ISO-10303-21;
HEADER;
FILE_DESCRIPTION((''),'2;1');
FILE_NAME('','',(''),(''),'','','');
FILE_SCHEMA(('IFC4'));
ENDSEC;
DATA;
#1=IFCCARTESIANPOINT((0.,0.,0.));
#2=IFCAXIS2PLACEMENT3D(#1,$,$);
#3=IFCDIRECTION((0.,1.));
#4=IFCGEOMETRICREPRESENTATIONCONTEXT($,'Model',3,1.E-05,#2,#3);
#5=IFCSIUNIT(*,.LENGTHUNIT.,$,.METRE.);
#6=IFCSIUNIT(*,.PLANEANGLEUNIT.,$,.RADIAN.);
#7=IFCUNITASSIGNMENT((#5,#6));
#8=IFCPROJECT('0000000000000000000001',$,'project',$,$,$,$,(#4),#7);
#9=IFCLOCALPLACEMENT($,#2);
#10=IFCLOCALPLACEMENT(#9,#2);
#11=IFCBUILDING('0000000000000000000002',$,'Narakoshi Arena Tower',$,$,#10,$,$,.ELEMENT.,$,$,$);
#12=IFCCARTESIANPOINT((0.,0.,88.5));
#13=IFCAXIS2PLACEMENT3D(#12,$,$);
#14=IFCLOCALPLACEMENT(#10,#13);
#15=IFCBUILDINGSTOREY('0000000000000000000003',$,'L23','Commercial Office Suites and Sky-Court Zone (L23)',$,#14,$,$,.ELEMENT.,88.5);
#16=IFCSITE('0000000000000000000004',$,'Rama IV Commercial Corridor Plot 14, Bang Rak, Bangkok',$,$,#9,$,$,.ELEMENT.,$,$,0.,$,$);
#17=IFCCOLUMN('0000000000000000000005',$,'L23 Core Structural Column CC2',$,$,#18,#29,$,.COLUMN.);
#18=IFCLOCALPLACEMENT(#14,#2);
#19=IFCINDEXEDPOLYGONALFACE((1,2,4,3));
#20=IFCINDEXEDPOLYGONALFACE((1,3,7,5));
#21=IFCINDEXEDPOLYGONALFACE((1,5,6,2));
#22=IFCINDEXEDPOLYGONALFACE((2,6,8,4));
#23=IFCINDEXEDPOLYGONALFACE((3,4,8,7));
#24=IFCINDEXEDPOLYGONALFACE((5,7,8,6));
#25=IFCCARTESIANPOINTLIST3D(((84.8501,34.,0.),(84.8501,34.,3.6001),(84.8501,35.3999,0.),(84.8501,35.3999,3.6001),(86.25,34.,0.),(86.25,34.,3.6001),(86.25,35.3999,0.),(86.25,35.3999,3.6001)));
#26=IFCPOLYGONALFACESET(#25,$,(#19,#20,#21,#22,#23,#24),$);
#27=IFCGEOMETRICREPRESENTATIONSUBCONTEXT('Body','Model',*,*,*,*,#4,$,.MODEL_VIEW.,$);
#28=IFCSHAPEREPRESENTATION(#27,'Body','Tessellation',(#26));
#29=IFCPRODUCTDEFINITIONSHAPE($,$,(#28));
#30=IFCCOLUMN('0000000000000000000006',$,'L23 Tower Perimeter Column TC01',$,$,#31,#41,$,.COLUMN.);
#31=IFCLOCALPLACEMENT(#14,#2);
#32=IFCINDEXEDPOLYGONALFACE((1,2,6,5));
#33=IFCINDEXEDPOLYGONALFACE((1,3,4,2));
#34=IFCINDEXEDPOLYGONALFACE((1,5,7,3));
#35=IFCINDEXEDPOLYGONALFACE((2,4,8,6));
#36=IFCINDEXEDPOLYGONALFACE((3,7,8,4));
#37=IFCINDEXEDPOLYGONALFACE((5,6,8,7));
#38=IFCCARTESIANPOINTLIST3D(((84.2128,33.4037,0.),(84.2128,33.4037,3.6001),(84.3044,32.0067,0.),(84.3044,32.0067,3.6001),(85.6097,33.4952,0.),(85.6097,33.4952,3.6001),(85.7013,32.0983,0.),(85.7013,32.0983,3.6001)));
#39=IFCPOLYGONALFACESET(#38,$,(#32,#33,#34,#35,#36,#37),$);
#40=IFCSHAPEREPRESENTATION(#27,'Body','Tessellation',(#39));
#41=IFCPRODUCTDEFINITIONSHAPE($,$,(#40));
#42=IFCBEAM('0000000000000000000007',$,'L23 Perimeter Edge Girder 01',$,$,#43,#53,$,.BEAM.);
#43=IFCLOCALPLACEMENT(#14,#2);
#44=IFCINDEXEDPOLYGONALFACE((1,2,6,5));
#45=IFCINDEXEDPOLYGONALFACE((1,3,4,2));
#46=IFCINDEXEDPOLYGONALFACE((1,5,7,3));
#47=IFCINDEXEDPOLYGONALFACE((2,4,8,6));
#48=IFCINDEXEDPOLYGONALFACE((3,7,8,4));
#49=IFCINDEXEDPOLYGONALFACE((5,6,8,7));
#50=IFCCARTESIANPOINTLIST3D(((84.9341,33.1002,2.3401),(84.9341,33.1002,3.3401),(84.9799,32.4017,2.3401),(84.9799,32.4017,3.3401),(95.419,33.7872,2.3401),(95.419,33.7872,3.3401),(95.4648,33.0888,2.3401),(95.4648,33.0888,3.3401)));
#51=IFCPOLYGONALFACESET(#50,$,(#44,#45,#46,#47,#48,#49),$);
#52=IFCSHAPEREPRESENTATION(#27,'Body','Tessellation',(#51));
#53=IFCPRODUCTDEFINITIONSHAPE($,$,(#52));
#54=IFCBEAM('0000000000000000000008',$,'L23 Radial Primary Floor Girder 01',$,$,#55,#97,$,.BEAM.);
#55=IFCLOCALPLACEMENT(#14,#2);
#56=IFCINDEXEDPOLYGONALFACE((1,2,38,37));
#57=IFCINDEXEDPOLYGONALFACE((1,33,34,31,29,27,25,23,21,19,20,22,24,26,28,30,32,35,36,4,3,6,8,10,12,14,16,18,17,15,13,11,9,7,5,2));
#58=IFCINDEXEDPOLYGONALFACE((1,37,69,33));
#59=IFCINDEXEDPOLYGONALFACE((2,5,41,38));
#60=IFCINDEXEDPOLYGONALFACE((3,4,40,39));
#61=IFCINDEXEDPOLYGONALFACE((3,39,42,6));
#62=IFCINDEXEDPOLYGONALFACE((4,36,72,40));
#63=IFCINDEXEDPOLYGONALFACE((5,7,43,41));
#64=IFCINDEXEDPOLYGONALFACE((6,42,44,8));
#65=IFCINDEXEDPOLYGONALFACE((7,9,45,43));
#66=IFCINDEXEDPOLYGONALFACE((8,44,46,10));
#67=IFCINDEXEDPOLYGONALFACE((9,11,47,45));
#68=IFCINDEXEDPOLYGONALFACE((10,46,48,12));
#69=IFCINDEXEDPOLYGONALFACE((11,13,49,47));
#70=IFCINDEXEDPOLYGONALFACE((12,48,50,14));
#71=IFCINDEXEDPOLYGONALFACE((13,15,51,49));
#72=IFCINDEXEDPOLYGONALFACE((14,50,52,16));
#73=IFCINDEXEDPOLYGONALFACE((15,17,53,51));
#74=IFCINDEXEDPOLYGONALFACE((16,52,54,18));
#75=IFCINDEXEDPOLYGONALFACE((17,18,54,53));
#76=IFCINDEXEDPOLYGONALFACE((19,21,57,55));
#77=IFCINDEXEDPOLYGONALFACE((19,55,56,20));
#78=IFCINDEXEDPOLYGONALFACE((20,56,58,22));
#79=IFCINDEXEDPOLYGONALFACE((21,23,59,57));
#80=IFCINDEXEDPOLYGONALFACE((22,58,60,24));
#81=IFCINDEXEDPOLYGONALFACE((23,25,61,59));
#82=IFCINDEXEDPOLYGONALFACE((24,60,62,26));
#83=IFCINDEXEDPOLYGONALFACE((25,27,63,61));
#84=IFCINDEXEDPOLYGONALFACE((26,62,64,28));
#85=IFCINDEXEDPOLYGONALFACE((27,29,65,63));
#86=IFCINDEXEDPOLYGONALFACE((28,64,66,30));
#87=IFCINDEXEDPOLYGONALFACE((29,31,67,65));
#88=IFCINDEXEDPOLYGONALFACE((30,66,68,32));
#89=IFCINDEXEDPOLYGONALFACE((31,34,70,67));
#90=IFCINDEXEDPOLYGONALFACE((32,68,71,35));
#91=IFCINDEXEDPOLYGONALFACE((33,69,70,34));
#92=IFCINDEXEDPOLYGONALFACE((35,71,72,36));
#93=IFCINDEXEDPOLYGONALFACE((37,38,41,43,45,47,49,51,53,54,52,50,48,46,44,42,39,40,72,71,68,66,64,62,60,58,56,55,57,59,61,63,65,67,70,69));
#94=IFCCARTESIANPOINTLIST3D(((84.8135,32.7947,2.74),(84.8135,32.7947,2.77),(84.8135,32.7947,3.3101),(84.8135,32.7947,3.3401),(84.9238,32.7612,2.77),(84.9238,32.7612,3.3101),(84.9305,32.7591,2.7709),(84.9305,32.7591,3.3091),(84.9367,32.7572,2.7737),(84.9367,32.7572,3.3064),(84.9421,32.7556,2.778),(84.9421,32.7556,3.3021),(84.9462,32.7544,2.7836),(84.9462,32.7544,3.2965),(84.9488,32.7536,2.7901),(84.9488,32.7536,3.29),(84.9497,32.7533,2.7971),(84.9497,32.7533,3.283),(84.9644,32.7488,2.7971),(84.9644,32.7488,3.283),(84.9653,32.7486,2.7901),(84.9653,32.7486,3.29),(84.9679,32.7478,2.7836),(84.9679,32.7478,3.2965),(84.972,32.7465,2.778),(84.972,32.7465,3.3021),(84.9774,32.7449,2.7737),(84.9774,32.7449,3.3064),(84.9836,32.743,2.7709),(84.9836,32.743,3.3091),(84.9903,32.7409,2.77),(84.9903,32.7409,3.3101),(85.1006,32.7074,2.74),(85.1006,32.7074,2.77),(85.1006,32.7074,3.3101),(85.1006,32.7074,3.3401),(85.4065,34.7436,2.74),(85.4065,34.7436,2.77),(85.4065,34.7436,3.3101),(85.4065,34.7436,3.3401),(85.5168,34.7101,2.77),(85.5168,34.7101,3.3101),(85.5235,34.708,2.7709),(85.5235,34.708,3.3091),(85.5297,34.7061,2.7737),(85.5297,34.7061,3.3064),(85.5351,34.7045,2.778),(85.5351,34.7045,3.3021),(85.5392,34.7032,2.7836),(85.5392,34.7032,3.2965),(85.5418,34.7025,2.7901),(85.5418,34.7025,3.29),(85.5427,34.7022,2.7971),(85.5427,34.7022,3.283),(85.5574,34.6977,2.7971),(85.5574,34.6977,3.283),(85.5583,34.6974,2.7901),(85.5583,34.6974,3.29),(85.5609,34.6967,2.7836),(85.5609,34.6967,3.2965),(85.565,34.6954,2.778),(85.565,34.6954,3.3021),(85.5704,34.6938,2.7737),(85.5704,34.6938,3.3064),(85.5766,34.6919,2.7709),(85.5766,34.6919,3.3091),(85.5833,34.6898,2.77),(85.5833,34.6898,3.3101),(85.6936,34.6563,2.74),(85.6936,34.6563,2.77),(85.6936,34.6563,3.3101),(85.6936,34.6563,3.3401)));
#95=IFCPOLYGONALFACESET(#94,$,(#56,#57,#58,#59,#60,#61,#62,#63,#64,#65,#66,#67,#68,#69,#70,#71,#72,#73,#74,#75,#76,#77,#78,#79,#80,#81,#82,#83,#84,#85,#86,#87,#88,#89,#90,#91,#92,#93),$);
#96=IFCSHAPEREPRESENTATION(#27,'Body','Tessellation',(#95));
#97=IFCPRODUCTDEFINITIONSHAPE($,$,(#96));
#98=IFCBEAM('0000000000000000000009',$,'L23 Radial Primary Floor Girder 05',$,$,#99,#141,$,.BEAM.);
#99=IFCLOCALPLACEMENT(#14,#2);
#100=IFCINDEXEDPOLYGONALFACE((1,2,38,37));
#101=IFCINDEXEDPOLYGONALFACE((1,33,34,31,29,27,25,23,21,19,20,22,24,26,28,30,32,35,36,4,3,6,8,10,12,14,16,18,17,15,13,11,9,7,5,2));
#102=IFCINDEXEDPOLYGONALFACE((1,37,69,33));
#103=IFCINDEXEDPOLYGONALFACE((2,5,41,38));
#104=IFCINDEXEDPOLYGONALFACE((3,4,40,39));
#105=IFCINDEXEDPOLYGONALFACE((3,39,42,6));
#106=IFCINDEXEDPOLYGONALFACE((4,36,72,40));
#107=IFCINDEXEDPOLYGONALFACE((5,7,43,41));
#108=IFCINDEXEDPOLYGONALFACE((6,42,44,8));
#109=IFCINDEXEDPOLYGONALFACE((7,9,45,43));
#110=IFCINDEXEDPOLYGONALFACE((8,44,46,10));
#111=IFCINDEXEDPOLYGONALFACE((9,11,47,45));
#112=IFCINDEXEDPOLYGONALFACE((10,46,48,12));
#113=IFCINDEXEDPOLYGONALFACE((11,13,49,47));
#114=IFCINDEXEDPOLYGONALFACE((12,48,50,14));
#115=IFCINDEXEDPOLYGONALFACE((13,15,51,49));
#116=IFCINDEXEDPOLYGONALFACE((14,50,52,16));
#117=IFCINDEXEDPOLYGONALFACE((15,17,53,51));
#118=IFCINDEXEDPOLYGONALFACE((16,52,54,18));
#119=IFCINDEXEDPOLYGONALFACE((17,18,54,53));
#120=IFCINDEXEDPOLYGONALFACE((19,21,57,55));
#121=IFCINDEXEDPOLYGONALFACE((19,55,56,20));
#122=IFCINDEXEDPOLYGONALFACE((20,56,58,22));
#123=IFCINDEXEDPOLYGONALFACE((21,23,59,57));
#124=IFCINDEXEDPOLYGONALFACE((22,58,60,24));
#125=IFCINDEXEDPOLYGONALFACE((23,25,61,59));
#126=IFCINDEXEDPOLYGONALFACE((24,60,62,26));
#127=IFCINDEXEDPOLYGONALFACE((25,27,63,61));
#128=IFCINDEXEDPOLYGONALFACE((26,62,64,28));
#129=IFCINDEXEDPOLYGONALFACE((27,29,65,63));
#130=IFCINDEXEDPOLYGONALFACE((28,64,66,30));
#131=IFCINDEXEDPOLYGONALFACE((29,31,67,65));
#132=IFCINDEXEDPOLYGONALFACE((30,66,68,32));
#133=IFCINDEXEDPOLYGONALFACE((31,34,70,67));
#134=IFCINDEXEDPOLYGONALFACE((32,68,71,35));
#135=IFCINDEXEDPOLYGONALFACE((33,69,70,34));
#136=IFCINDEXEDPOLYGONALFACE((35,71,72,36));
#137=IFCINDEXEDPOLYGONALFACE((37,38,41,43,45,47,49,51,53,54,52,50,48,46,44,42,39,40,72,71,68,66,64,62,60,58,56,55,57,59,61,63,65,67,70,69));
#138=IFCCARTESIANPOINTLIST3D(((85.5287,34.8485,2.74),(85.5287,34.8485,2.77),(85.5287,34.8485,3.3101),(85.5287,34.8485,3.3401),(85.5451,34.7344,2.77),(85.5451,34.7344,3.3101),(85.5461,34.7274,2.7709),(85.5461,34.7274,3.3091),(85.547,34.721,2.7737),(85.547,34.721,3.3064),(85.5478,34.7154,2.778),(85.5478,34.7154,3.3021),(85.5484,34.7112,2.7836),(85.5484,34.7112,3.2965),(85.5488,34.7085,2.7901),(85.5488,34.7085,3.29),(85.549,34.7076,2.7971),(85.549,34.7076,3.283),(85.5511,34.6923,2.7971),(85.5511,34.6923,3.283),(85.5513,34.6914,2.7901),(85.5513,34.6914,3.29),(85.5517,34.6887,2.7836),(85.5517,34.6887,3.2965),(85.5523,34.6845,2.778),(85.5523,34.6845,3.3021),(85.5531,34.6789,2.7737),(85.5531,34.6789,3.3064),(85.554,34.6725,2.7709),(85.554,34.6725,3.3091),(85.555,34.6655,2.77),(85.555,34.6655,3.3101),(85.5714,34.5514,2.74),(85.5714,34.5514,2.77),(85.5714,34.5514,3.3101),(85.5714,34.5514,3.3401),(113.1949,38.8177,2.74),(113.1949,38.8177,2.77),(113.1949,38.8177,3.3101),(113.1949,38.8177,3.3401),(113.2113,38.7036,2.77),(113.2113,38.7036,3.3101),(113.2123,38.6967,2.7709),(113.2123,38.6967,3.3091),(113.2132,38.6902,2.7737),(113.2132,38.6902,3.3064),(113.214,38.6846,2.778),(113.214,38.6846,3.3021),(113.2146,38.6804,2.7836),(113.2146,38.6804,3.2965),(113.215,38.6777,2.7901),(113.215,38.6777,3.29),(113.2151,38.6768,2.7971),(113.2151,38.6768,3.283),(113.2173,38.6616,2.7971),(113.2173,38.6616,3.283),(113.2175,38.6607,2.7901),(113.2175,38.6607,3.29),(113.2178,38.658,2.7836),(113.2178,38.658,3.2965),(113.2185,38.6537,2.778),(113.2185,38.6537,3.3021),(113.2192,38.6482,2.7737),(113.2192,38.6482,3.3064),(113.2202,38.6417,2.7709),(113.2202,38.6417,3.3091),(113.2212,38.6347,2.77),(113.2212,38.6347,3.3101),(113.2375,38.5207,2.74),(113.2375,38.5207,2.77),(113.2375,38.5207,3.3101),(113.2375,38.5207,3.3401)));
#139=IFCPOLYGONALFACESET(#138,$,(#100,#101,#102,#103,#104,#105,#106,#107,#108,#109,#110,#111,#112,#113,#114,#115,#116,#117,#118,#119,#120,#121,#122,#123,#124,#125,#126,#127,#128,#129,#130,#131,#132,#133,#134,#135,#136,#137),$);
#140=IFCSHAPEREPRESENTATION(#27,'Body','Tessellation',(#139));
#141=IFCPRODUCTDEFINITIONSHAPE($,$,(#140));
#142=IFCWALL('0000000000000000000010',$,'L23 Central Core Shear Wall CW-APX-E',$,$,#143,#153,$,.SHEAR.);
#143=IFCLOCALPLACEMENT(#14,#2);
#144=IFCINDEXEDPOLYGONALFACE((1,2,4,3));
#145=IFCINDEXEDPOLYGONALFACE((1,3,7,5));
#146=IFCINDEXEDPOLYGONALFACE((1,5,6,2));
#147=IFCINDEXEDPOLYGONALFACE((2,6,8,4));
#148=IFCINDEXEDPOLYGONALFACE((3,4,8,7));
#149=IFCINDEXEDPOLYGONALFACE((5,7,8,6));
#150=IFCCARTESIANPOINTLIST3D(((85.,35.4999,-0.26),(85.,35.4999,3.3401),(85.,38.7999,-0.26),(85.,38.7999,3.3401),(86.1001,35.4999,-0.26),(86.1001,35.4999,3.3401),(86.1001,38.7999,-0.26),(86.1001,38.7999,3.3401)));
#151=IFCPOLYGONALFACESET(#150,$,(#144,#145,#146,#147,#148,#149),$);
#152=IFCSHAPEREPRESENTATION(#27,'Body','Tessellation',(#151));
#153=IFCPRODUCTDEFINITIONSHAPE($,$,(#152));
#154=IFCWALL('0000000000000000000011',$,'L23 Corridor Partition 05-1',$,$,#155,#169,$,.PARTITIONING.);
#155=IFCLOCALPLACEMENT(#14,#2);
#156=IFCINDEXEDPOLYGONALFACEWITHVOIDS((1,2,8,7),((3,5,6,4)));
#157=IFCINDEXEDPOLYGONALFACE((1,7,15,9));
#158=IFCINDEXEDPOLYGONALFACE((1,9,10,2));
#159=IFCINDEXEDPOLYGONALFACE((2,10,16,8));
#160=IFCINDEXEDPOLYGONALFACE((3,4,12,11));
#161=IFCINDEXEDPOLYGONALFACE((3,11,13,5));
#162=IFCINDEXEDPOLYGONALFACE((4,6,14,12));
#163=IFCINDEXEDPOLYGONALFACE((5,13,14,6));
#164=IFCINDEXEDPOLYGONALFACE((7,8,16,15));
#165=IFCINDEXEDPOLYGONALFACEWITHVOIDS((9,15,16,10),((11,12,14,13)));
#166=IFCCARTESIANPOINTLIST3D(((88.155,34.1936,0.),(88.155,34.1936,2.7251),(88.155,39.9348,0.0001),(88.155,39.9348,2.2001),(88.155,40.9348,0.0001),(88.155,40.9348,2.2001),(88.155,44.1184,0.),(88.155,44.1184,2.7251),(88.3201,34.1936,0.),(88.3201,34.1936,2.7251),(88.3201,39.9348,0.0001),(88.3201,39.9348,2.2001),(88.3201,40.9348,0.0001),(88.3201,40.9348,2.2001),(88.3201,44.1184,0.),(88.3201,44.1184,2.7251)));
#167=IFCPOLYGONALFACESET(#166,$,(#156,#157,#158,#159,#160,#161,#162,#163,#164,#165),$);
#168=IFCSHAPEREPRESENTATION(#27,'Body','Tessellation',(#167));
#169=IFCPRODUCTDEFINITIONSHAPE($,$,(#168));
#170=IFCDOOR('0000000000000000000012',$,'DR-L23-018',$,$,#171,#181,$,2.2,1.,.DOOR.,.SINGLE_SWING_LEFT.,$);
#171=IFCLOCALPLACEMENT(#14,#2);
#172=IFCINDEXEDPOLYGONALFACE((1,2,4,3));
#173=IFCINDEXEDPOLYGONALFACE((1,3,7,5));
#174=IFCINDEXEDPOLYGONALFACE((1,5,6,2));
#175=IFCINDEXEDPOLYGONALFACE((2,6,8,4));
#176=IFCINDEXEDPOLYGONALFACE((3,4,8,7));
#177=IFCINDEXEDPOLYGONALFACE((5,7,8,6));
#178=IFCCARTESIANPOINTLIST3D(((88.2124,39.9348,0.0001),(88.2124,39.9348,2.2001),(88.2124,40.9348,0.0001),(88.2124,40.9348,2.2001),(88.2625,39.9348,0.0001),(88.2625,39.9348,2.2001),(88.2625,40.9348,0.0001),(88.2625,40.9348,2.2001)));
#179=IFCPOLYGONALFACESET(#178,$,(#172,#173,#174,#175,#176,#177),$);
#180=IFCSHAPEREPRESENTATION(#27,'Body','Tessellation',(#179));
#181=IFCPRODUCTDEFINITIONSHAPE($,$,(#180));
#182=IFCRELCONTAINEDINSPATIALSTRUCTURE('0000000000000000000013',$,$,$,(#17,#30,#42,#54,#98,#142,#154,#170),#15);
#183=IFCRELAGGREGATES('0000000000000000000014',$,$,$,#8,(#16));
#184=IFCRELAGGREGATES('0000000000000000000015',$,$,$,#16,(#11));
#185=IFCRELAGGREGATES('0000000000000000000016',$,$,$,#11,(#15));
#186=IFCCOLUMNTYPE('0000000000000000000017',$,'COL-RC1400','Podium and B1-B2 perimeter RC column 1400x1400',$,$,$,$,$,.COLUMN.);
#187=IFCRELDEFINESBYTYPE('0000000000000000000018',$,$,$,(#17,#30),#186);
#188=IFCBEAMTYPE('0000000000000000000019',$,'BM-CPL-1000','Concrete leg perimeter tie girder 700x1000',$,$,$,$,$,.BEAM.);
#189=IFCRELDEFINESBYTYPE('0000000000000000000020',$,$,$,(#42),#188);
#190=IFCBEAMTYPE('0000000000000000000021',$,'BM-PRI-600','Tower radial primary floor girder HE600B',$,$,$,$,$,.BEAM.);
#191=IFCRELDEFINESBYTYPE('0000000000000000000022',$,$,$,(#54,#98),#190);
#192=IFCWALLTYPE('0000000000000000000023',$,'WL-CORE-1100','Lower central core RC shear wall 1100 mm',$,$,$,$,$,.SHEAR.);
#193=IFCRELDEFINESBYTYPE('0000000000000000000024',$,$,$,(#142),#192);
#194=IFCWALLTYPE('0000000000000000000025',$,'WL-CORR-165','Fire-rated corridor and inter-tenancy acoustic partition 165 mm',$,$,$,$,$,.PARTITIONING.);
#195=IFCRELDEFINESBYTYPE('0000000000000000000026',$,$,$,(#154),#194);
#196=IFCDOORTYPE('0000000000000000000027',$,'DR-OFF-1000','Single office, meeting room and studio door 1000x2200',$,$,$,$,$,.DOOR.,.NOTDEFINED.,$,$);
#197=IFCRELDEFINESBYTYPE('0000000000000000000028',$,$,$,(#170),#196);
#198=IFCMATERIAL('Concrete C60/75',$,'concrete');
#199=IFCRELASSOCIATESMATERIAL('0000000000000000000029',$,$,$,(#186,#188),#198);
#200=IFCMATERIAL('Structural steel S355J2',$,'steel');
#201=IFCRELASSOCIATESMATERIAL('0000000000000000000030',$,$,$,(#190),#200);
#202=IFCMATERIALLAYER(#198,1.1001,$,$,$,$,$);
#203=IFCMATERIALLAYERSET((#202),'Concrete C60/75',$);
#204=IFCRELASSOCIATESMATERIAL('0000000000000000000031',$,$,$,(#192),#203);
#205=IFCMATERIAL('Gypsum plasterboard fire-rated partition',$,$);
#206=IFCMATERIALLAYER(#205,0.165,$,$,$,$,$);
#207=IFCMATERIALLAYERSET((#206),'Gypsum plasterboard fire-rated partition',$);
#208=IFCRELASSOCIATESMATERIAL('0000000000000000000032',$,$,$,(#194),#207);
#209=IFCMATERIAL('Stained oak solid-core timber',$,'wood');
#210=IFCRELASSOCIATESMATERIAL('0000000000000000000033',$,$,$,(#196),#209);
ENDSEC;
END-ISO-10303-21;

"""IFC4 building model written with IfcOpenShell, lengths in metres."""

from ifc_helpers import new_model, si_unit, direction, frame, frame_2d, origin, origin_2d, place, context, subcontext, project, spatial, rectangle, i_section, extrude, material, layer, layer_set, material_profile, profile_set, type_object, element, fill, save


model = new_model("IFC4")

# Units and contexts
model_context = context("Model", 3, precision=1e-05, world=origin(), true_north=direction((0.0, 1.0)))
body_context = subcontext(model_context, "Body", "Model", "MODEL_VIEW")
ifc_project = project(units=[si_unit("LENGTHUNIT", "METRE"), si_unit("PLANEANGLEUNIT", "RADIAN")], contexts=[model_context])

# Site, building, storey
site_placement = place(None, origin())
site = spatial("IfcSite", under=ifc_project, at=site_placement, Name="Rama IV Commercial Corridor Plot 14, Bang Rak, Bangkok", CompositionType="ELEMENT", RefElevation=0.0)
building_placement = place(site_placement, origin())
building = spatial("IfcBuilding", under=site, at=building_placement, Name="Narakoshi Arena Tower", CompositionType="ELEMENT")
storey_placement = place(building_placement, frame((0.0, 0.0, 88.5)))
storey = spatial("IfcBuildingStorey", under=building, at=storey_placement, Name="L23", Description="Commercial Office Suites and Sky-Court Zone (L23)", CompositionType="ELEMENT", Elevation=88.5)

# Columns
ifc_material_1 = material(Name="Concrete C60/75", Category="concrete")
ifc_material_profile_1 = material_profile(ifc_material_1, rectangle(XDim=1.3999, YDim=1.3999, at=origin_2d()), Name="RC1400x1400")
ifc_profile_set_1 = profile_set([ifc_material_profile_1], Name="Concrete C60/75")
column_type = type_object("IfcColumnType", Name="COL-RC1400", Description="Podium and B1-B2 perimeter RC column 1400x1400", PredefinedType="COLUMN", material=ifc_profile_set_1)
for number, where, z_axis, x_axis, name in (
    (1, (85.55, 34.7, 0.0), (0.0, 0.0, 1.0), (1.0, 0.0, 0.0), "L23 Core Structural Column CC2"),
    (2, (84.957, 32.751, 0.0), (0.0, 0.0, 1.0), (0.997859, 0.065403, 0.0), "L23 Tower Perimeter Column TC01"),
):
    element("IfcColumn", number, at=place(storey_placement, frame(where, z_axis=z_axis, x_axis=x_axis)), inside=storey, type_object=column_type, Name=name, PredefinedType="COLUMN", context=body_context, shape_type="SweptSolid", body=[
        extrude(rectangle(XDim=1.3999, YDim=1.3999, at=origin_2d()), origin(), (0.0, 0.0, 1.0), 3.6001),
    ])

# Beams
ifc_material_profile_2 = material_profile(ifc_material_1, rectangle(XDim=0.7, YDim=1.0, at=origin_2d()), Name="RCB700x1000")
ifc_profile_set_2 = profile_set([ifc_material_profile_2], Name="Concrete C60/75")
beam_type_1 = type_object("IfcBeamType", Name="BM-CPL-1000", Description="Concrete leg perimeter tie girder 700x1000", PredefinedType="BEAM", material=ifc_profile_set_2)
beam_1_placement = place(storey_placement, frame((84.957, 32.751, 2.8401), z_axis=(0.99786, 0.065384, 0.0), x_axis=(-0.065384, 0.99786, 0.0)))
element("IfcBeam", 3, at=beam_1_placement, inside=storey, type_object=beam_type_1, Name="L23 Perimeter Edge Girder 01", PredefinedType="BEAM", context=body_context, shape_type="SweptSolid", body=[
    extrude(rectangle(XDim=0.7, YDim=1.0, at=origin_2d()), origin(), (0.0, 0.0, 1.0), 10.5073),
])
ifc_material_2 = material(Name="Structural steel S355J2", Category="steel")
ifc_material_profile_3 = material_profile(ifc_material_2, i_section(OverallWidth=0.3, OverallDepth=0.6001, WebThickness=0.0154, FlangeThickness=0.03, FilletRadius=0.0271, at=origin_2d()), Name="HE600B")
ifc_profile_set_3 = profile_set([ifc_material_profile_3], Name="Structural steel S355J2")
beam_type_2 = type_object("IfcBeamType", Name="BM-PRI-600", Description="Tower radial primary floor girder HE600B", PredefinedType="BEAM", material=ifc_profile_set_3)
beam_2_placement = place(storey_placement, frame((85.55, 34.7, 3.04), z_axis=(-0.291095, -0.956694, 0.0), x_axis=(0.956694, -0.291095, 0.0)))
element("IfcBeam", 4, at=beam_2_placement, inside=storey, type_object=beam_type_2, Name="L23 Radial Primary Floor Girder 01", PredefinedType="BEAM", context=body_context, shape_type="SweptSolid", body=[
    extrude(i_section(OverallWidth=0.3, OverallDepth=0.6001, WebThickness=0.0154, FlangeThickness=0.03, FilletRadius=0.0271, at=origin_2d()), origin(), (0.0, 0.0, 1.0), 2.0371),
])
beam_3_placement = place(storey_placement, frame((85.55, 34.7, 3.04), z_axis=(0.989865, 0.142014, 0.0), x_axis=(-0.142014, 0.989865, 0.0)))
element("IfcBeam", 5, at=beam_3_placement, inside=storey, type_object=beam_type_2, Name="L23 Radial Primary Floor Girder 05", PredefinedType="BEAM", context=body_context, shape_type="SweptSolid", body=[
    extrude(i_section(OverallWidth=0.3, OverallDepth=0.6001, WebThickness=0.0154, FlangeThickness=0.03, FilletRadius=0.0271, at=origin_2d()), origin(), (0.0, 0.0, 1.0), 27.9495),
])

# Wall
ifc_layer_1 = layer(ifc_material_1, 1.1001)
ifc_layer_set_1 = layer_set([ifc_layer_1], Name="Concrete C60/75")
wall_type_1 = type_object("IfcWallType", Name="WL-CORE-1100", Description="Lower central core RC shear wall 1100 mm", PredefinedType="SHEAR", material=ifc_layer_set_1)
wall_1_placement = place(storey_placement, frame((85.55, 35.5, -0.26), z_axis=(0.0, 0.0, 1.0), x_axis=(0.0, 1.0, 0.0)))
element("IfcWall", 6, at=wall_1_placement, inside=storey, type_object=wall_type_1, Name="L23 Central Core Shear Wall CW-APX-E", PredefinedType="SHEAR", context=body_context, shape_type="SweptSolid", body=[
    extrude(rectangle(XDim=3.3, YDim=1.1001, at=frame_2d((1.6499, 0.0))), origin(), (0.0, 0.0, 1.0), 3.6001),
])

# Wall, opening, door
ifc_material_3 = material(Name="Gypsum plasterboard fire-rated partition")
ifc_layer_2 = layer(ifc_material_3, 0.165)
ifc_layer_set_2 = layer_set([ifc_layer_2], Name="Gypsum plasterboard fire-rated partition")
wall_type_2 = type_object("IfcWallType", Name="WL-CORR-165", Description="Fire-rated corridor and inter-tenancy acoustic partition 165 mm", PredefinedType="PARTITIONING", material=ifc_layer_set_2)
wall_2_placement = place(storey_placement, frame((88.2375, 34.1936, 0.0), z_axis=(0.0, 0.0, 1.0), x_axis=(0.0, 1.0, 0.0)))
wall_2 = element("IfcWall", 7, at=wall_2_placement, inside=storey, type_object=wall_type_2, Name="L23 Corridor Partition 05-1", PredefinedType="PARTITIONING", context=body_context, shape_type="SweptSolid", body=[
    extrude(rectangle(XDim=9.9248, YDim=0.165, at=frame_2d((4.9624, 0.0))), origin(), (0.0, 0.0, 1.0), 2.7251),
])
opening_1_placement = place(wall_2_placement, frame((5.7412, 0.0, 0.0)))
opening_1 = element("IfcOpeningElement", 8, at=opening_1_placement, cuts=wall_2, PredefinedType="OPENING", context=body_context, shape_type="SweptSolid", body=[
    extrude(rectangle(XDim=1.0, YDim=2.2, at=frame_2d((0.5, 1.1001))), frame((0.0, 0.0925, 0.0), z_axis=(0.0, -1.0, 0.0), x_axis=(1.0, 0.0, 0.0)), (0.0, 0.0, 1.0), 0.1851),
])
ifc_material_4 = material(Name="Stained oak solid-core timber", Category="wood")
door_type_1 = type_object("IfcDoorType", Name="DR-OFF-1000", Description="Single office, meeting room and studio door 1000x2200", OperationType="NOTDEFINED", PredefinedType="DOOR", material=ifc_material_4)
door_1_placement = place(opening_1_placement, frame((1.0, 0.0, 0.0), z_axis=(0.0, 0.0, 1.0), x_axis=(-1.0, 0.0, 0.0)))
door_1 = element("IfcDoor", 9, at=door_1_placement, inside=storey, type_object=door_type_1, Name="DR-L23-018", OperationType="SINGLE_SWING_LEFT", OverallHeight=2.2, OverallWidth=1.0, PredefinedType="DOOR", context=body_context, shape_type="SweptSolid", body=[
    extrude(rectangle(XDim=1.0, YDim=2.2, at=frame_2d((0.5, 1.1001))), frame((0.0, 0.0249, 0.0), z_axis=(0.0, -1.0, 0.0), x_axis=(1.0, 0.0, 0.0)), (0.0, 0.0, 1.0), 0.05),
])
fill(opening_1, door_1)

save(model, "model.ifc")
